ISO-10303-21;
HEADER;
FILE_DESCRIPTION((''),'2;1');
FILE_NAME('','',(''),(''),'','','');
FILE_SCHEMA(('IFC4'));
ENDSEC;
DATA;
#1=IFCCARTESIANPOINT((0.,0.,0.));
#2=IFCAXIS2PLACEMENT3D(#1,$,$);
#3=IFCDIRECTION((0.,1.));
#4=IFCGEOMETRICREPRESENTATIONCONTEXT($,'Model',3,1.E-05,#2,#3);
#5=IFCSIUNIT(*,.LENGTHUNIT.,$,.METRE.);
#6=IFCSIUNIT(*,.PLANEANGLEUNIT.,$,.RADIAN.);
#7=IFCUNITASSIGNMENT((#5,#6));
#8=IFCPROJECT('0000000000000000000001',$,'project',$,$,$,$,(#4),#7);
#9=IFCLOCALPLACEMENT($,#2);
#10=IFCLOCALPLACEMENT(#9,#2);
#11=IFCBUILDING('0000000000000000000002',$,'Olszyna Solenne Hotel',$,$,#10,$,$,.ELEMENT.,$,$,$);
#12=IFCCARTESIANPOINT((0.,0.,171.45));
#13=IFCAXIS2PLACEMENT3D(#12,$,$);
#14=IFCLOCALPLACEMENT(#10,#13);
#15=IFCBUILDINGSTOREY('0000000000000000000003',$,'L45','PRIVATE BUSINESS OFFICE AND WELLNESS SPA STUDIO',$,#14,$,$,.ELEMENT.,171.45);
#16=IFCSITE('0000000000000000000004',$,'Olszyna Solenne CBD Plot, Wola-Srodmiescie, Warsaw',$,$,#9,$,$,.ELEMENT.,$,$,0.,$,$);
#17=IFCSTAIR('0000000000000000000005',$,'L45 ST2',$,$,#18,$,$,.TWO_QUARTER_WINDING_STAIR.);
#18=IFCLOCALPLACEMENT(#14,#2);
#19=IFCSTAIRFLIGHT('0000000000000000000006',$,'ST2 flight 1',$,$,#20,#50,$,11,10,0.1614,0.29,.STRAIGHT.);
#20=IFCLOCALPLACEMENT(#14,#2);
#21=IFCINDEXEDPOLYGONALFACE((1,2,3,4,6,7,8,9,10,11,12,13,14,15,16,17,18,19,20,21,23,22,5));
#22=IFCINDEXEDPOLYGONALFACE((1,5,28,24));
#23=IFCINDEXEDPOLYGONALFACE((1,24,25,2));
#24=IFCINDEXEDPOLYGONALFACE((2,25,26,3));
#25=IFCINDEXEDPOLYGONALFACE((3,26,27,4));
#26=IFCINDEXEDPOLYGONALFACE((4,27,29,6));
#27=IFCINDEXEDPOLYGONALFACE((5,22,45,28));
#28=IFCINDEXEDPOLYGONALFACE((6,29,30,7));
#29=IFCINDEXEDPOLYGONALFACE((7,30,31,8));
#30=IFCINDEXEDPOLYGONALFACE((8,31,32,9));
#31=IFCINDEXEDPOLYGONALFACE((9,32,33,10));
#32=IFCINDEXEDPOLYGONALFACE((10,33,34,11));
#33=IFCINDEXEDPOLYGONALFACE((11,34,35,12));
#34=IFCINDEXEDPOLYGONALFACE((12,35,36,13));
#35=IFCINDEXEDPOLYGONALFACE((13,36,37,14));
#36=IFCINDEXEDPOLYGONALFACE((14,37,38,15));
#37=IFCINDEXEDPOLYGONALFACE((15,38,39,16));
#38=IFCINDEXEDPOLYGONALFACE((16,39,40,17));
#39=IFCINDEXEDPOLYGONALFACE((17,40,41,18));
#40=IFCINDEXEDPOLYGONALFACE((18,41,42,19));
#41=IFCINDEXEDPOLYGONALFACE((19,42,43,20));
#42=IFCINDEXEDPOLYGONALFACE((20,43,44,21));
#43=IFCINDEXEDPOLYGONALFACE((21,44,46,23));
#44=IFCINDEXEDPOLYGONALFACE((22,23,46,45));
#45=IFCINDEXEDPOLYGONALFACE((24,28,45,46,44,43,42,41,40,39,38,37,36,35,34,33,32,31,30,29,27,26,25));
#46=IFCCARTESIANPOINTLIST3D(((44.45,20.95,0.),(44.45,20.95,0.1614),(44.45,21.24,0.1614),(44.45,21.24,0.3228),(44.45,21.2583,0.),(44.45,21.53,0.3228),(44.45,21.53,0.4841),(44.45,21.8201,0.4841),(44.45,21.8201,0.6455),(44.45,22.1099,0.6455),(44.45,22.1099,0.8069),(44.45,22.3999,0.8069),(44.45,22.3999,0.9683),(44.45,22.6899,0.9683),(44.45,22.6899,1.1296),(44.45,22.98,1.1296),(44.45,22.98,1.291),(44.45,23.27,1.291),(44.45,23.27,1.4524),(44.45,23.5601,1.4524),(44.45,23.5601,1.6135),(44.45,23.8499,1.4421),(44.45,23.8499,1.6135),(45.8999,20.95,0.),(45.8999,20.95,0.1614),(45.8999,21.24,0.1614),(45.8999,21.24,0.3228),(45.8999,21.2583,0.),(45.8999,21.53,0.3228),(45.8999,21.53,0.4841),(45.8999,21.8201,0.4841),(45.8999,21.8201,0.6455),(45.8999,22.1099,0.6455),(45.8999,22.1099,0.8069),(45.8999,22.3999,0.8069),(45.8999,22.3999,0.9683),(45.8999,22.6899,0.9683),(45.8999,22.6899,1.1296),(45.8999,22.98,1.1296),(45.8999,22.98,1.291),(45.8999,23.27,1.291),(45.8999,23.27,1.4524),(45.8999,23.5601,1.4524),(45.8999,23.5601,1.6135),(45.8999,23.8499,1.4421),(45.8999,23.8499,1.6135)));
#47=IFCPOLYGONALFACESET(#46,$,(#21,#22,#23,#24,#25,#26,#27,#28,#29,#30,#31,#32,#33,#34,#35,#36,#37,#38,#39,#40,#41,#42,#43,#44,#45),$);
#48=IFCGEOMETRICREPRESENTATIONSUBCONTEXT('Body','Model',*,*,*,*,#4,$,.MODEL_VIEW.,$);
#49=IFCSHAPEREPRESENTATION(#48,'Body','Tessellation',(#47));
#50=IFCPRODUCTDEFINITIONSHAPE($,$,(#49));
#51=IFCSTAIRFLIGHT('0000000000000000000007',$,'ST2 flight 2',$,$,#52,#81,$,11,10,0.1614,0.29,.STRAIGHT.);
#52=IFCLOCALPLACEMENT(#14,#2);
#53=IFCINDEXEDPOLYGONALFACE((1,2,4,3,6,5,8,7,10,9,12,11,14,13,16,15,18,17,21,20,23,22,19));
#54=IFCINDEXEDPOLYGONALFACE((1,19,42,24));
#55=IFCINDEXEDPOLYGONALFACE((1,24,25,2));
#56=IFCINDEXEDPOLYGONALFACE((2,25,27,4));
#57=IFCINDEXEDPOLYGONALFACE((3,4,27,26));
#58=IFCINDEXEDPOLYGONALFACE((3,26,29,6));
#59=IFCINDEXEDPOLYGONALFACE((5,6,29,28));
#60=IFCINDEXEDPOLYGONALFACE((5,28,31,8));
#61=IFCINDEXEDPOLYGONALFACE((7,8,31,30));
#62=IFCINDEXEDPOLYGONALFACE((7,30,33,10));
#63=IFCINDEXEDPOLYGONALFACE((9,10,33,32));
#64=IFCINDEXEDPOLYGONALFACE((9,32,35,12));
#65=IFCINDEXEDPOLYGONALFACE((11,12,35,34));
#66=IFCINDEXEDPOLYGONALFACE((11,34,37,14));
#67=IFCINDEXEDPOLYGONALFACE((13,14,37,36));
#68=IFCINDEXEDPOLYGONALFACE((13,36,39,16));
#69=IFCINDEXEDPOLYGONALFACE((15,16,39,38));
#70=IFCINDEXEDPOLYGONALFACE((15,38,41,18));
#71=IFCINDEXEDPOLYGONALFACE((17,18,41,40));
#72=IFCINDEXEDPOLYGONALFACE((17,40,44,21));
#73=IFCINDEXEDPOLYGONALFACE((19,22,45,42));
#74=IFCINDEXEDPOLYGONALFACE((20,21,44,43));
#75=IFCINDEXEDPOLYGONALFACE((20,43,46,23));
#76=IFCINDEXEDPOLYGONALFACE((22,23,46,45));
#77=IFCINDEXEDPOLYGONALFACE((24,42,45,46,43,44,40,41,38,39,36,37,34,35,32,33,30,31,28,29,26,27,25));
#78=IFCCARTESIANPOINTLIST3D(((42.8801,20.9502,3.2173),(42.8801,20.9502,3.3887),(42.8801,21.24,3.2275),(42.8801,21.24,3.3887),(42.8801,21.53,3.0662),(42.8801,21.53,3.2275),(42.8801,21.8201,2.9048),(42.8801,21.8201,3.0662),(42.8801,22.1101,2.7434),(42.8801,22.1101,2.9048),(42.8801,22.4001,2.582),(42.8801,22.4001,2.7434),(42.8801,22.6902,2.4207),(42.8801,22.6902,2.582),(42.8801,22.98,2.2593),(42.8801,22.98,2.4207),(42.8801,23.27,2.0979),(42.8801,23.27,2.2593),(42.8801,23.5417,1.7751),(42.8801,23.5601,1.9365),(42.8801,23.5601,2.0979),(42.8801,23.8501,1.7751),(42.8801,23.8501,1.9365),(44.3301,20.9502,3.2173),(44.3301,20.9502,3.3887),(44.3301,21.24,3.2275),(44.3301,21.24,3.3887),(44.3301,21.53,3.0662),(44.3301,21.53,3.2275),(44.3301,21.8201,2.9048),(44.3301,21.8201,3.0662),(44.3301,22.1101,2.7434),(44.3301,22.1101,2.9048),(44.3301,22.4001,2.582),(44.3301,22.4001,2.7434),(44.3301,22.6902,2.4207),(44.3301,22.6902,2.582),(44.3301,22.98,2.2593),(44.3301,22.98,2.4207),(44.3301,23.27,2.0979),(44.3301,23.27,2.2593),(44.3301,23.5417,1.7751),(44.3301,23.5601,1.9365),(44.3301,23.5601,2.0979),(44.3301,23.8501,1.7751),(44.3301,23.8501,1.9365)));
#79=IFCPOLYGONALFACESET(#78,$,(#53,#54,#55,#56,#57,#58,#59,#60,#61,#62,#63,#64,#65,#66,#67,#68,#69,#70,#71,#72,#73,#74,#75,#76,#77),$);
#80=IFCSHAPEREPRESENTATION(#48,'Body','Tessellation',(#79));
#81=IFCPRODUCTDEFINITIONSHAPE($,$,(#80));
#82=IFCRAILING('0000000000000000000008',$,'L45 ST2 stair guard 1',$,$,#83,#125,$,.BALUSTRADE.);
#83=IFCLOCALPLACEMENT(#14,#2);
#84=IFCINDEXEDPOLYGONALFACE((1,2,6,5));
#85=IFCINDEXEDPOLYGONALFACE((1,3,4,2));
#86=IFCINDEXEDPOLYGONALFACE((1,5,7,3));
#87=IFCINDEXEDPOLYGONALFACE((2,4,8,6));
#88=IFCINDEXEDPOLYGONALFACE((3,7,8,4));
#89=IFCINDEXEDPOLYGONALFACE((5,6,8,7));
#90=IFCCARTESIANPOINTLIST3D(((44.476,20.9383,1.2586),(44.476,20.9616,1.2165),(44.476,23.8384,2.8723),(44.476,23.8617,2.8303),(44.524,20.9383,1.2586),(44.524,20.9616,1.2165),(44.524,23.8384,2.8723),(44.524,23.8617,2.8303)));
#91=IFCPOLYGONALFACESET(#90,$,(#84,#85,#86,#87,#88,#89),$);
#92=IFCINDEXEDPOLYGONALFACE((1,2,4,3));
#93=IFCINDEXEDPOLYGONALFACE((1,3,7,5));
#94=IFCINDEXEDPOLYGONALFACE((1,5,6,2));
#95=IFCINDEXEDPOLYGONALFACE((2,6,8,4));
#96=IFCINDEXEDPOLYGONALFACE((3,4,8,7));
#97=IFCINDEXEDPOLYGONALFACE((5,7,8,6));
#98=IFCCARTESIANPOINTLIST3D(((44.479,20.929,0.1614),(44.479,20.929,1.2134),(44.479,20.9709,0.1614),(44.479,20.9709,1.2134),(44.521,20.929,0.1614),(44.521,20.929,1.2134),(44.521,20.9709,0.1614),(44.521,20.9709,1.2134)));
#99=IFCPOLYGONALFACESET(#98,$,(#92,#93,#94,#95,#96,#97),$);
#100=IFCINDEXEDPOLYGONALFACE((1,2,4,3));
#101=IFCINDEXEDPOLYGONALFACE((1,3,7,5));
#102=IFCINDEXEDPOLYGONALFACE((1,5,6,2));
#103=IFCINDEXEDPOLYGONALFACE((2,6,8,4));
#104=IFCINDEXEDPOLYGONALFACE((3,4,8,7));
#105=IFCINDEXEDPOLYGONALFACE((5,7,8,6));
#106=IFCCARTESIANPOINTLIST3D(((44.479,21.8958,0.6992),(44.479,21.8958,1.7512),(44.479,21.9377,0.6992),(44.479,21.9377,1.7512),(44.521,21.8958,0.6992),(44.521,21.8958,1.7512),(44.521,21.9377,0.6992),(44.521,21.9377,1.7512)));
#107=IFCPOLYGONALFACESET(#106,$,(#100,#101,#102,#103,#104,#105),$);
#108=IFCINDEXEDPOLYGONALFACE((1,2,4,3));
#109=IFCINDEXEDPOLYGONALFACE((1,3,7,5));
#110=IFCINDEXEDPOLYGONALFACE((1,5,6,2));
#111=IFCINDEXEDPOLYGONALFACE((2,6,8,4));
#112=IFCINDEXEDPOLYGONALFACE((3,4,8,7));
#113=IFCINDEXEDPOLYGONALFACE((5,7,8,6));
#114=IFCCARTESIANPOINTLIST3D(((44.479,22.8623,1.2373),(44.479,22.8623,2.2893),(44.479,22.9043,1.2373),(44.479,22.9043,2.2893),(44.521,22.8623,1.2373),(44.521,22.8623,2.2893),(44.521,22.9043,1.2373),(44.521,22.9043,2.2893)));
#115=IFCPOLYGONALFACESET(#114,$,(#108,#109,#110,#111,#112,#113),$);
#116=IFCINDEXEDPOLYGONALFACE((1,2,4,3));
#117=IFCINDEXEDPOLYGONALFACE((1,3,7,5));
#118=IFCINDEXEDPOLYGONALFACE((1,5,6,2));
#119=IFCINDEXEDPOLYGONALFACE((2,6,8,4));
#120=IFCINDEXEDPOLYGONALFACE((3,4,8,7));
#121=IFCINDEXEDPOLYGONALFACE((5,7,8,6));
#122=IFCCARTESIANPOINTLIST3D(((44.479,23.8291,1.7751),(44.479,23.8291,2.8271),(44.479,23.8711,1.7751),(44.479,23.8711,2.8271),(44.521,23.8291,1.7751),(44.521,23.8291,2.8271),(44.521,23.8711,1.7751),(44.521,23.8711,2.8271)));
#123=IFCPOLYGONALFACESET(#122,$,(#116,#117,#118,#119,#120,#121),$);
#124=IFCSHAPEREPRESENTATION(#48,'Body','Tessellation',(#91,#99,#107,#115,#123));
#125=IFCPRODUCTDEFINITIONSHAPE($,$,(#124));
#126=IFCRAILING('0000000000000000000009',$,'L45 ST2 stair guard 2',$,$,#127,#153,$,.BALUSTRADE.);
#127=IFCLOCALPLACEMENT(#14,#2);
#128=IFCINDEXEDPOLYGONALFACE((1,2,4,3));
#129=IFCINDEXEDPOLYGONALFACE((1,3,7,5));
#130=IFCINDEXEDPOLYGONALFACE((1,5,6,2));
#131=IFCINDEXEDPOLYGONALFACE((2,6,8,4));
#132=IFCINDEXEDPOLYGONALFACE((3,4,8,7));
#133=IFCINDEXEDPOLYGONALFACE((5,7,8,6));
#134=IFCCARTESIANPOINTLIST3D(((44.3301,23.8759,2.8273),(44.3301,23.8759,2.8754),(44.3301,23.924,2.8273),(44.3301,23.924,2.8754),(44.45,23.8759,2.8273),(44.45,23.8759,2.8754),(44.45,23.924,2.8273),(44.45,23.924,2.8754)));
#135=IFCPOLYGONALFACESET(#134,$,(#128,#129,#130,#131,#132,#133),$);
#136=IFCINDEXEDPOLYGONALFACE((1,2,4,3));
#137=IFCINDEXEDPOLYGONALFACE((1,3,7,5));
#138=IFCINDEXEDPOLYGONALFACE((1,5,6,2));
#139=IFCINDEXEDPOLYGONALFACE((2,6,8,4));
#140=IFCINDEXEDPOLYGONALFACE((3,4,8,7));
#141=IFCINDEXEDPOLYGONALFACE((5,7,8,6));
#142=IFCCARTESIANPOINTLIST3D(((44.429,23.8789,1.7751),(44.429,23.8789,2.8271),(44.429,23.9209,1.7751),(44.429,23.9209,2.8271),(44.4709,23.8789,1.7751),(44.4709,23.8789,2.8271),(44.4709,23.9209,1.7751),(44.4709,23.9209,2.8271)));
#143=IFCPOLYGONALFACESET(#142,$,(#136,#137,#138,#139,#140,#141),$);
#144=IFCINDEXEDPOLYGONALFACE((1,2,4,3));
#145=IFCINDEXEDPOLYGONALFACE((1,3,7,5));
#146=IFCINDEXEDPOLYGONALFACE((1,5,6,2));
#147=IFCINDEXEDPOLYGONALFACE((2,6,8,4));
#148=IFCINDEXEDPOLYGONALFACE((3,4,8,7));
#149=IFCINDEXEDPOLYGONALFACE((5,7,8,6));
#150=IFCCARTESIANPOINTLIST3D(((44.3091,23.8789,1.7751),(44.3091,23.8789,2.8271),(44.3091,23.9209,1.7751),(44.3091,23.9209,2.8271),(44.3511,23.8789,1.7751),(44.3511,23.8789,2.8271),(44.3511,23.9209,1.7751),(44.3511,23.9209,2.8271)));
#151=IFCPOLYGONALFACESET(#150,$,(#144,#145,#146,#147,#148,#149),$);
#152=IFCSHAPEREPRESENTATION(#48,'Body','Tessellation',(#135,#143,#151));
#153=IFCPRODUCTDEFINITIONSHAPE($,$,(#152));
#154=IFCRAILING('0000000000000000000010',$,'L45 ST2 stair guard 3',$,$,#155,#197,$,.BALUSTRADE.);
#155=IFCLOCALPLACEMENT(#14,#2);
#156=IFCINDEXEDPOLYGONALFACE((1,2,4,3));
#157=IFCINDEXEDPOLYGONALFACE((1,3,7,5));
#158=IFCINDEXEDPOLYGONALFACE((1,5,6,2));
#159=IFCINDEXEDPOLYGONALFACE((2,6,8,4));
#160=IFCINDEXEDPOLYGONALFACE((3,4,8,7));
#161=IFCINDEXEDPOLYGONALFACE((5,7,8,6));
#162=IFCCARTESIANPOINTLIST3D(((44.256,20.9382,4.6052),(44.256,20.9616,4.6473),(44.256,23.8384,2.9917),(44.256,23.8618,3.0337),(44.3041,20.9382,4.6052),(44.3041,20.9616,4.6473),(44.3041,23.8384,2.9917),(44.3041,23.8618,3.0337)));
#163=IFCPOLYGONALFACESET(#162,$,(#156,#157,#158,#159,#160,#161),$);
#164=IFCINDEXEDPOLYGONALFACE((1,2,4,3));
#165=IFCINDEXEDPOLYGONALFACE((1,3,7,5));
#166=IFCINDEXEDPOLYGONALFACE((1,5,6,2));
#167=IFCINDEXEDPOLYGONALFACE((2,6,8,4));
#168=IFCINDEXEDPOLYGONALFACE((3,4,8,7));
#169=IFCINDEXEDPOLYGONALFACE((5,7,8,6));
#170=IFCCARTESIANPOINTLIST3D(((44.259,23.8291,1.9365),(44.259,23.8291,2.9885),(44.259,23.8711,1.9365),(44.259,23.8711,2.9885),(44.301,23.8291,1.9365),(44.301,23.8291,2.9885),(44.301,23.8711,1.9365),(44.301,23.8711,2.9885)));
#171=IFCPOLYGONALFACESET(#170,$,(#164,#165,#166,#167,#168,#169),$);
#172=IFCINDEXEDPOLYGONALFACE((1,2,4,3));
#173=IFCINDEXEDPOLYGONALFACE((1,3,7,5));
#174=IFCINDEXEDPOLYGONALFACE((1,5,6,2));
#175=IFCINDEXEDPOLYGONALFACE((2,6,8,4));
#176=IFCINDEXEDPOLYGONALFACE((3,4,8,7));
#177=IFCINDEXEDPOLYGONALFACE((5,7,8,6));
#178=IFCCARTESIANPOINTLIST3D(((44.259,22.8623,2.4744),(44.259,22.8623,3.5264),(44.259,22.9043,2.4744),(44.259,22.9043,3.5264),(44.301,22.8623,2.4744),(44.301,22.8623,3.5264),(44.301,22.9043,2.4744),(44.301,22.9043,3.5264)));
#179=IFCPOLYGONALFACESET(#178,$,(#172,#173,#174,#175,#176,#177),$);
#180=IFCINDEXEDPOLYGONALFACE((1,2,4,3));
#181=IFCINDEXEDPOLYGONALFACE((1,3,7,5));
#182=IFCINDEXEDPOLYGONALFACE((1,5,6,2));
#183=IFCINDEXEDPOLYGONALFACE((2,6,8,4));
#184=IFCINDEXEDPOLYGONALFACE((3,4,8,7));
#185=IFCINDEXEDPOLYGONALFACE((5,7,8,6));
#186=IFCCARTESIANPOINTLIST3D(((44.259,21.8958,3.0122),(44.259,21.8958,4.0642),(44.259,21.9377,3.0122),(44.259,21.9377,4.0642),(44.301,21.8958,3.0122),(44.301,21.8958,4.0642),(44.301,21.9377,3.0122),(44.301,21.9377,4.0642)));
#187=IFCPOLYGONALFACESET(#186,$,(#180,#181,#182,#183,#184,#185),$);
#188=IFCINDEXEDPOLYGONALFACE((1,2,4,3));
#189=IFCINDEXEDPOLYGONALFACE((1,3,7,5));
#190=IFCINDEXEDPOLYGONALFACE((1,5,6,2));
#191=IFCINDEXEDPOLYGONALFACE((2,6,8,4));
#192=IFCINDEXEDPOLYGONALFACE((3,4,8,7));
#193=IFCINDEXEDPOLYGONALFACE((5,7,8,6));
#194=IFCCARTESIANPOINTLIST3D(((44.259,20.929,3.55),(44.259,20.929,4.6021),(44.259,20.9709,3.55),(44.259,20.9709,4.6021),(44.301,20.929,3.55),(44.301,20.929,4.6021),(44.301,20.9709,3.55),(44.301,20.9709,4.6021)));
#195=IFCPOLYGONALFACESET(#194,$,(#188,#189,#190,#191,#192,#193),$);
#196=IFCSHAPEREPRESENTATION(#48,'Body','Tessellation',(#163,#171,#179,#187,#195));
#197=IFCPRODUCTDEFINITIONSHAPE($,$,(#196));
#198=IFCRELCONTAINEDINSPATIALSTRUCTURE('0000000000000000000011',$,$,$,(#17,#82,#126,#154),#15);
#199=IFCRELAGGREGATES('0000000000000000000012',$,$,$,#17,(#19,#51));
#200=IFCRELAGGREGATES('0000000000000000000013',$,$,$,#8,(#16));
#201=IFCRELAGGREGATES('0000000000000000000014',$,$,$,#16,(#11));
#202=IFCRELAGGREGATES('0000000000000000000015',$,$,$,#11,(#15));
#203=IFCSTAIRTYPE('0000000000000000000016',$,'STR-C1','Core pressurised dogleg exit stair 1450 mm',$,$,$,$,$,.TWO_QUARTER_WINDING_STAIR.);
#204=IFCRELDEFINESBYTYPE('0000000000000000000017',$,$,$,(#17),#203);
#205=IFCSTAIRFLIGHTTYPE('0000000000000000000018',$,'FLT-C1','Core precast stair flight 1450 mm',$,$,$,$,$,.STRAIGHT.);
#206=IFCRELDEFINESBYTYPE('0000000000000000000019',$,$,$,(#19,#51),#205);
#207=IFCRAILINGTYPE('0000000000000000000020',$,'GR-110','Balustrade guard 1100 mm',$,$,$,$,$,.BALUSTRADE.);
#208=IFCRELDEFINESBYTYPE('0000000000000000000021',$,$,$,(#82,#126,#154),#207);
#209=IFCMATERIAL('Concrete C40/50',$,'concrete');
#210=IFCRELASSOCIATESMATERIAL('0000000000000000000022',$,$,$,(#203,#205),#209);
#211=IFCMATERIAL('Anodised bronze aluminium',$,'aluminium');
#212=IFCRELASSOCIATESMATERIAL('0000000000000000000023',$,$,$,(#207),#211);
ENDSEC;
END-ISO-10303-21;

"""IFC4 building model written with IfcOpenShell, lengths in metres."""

from ifc_helpers import new_model, si_unit, direction, frame, origin, origin_2d, place, context, subcontext, project, spatial, polyline, rectangle, outline, extrude, material, type_object, element, aggregate, save


model = new_model("IFC4")

# Units and contexts
model_context = context("Model", 3, precision=1e-05, world=origin(), true_north=direction((0.0, 1.0)))
body_context = subcontext(model_context, "Body", "Model", "MODEL_VIEW")
ifc_project = project(units=[si_unit("LENGTHUNIT", "METRE"), si_unit("PLANEANGLEUNIT", "RADIAN")], contexts=[model_context])

# Site, building, storey
site_placement = place(None, origin())
site = spatial("IfcSite", under=ifc_project, at=site_placement, Name="Olszyna Solenne CBD Plot, Wola-Srodmiescie, Warsaw", CompositionType="ELEMENT", RefElevation=0.0)
building_placement = place(site_placement, origin())
building = spatial("IfcBuilding", under=site, at=building_placement, Name="Olszyna Solenne Hotel", CompositionType="ELEMENT")
storey_placement = place(building_placement, frame((0.0, 0.0, 171.45)))
storey = spatial("IfcBuildingStorey", under=building, at=storey_placement, Name="L45", Description="PRIVATE BUSINESS OFFICE AND WELLNESS SPA STUDIO", CompositionType="ELEMENT", Elevation=171.45)

# Shared definitions
ifc_material_1 = material(Name="Anodised bronze aluminium", Category="aluminium")

# Stair, stair flights
ifc_material_2 = material(Name="Concrete C40/50", Category="concrete")
stair_type = type_object("IfcStairType", Name="STR-C1", Description="Core pressurised dogleg exit stair 1450 mm", PredefinedType="TWO_QUARTER_WINDING_STAIR", material=ifc_material_2)
stair_placement = place(storey_placement, origin())
stair = element("IfcStair", 1, at=stair_placement, inside=storey, type_object=stair_type, Name="L45 ST2", PredefinedType="TWO_QUARTER_WINDING_STAIR")
stair_flight_type = type_object("IfcStairFlightType", Name="FLT-C1", Description="Core precast stair flight 1450 mm", PredefinedType="STRAIGHT", material=ifc_material_2)
stair_flight_1_placement = place(storey_placement, frame((45.175, 20.95, 0.0), z_axis=(0.0, 0.0, 1.0), x_axis=(0.0, 1.0, 0.0)))
stair_flight_1 = element("IfcStairFlight", 2, at=stair_flight_1_placement, type_object=stair_flight_type, Name="ST2 flight 1", NumberOfRisers=11, NumberOfTreads=10, PredefinedType="STRAIGHT", RiserHeight=0.1614, TreadLength=0.29, context=body_context, shape_type="SweptSolid", body=[
    extrude(outline(polyline([(0.0, 0.0), (0.0, 0.1614), (0.29, 0.1614), (0.29, 0.3228), (0.5801, 0.3228), (0.5801, 0.4841), (0.8701, 0.4841), (0.8701, 0.6455), (1.1599, 0.6455), (1.1599, 0.8069), (1.45, 0.8069), (1.45, 0.9683), (1.74, 0.9683), (1.74, 1.1296), (2.03, 1.1296), (2.03, 1.291), (2.3201, 1.291), (2.3201, 1.4524), (2.6101, 1.4524), (2.6101, 1.6135), (2.8999, 1.6135), (2.8999, 1.7749), (2.8999, 1.4421), (0.3083, 0.0), (0.0, 0.0)])), frame((0.0, 0.7251, 0.0), z_axis=(0.0, -1.0, 0.0), x_axis=(1.0, 0.0, 0.0)), (0.0, 0.0, 1.0), 1.45),
])
stair_flight_2_placement = place(storey_placement, frame((43.605, 23.8501, 1.7751), z_axis=(0.0, 0.0, 1.0), x_axis=(0.0, -1.0, 0.0)))
stair_flight_2 = element("IfcStairFlight", 3, at=stair_flight_2_placement, type_object=stair_flight_type, Name="ST2 flight 2", NumberOfRisers=11, NumberOfTreads=10, PredefinedType="STRAIGHT", RiserHeight=0.1614, TreadLength=0.29, context=body_context, shape_type="SweptSolid", body=[
    extrude(outline(polyline([(0.0, 0.0), (0.0, 0.1614), (0.29, 0.1614), (0.29, 0.3228), (0.5801, 0.3228), (0.5801, 0.4841), (0.8701, 0.4841), (0.8701, 0.6455), (1.1599, 0.6455), (1.1599, 0.8069), (1.45, 0.8069), (1.45, 0.9683), (1.74, 0.9683), (1.74, 1.1296), (2.03, 1.1296), (2.03, 1.291), (2.3201, 1.291), (2.3201, 1.4524), (2.6101, 1.4524), (2.6101, 1.6135), (2.8999, 1.6135), (2.8999, 1.7749), (2.8999, 1.4421), (0.3083, 0.0), (0.0, 0.0)])), frame((0.0, 0.7251, 0.0), z_axis=(0.0, -1.0, 0.0), x_axis=(1.0, 0.0, 0.0)), (0.0, 0.0, 1.0), 1.45),
])
aggregate(stair, [stair_flight_1, stair_flight_2])

# Railings
railing_type_1 = type_object("IfcRailingType", Name="GR-110", Description="Balustrade guard 1100 mm", PredefinedType="BALUSTRADE", material=ifc_material_1)
railing_1_placement = place(storey_placement, frame((44.5, 20.95, 0.1614)))
element("IfcRailing", 4, at=railing_1_placement, inside=storey, type_object=railing_type_1, Name="L45 ST2 stair guard 1", PredefinedType="BALUSTRADE", context=body_context, shape_type="SweptSolid", body=[
    extrude(rectangle(XDim=0.0481, YDim=0.0481, at=origin_2d()), frame((0.0, 0.0, 1.0762), z_axis=(0.0, 0.873827, 0.486236), x_axis=(-1.0, 0.0, 0.0)), (0.0, 0.0, 1.0), 3.3188),
    extrude(rectangle(XDim=0.042, YDim=0.042, at=origin_2d()), origin(), (0.0, 0.0, 1.0), 1.052),
    extrude(rectangle(XDim=0.042, YDim=0.042, at=origin_2d()), frame((0.0, 0.9668, 0.5378)), (0.0, 0.0, 1.0), 1.052),
    extrude(rectangle(XDim=0.042, YDim=0.042, at=origin_2d()), frame((0.0, 1.9333, 1.0759)), (0.0, 0.0, 1.0), 1.052),
    extrude(rectangle(XDim=0.042, YDim=0.042, at=origin_2d()), frame((0.0, 2.9001, 1.6138)), (0.0, 0.0, 1.0), 1.052),
])
railing_2_placement = place(storey_placement, frame((44.45, 23.8999, 1.7751)))
element("IfcRailing", 5, at=railing_2_placement, inside=storey, type_object=railing_type_1, Name="L45 ST2 stair guard 2", PredefinedType="BALUSTRADE", context=body_context, shape_type="SweptSolid", body=[
    extrude(rectangle(XDim=0.0481, YDim=0.0481, at=origin_2d()), frame((0.0, 0.0, 1.0762), z_axis=(-1.0, 0.0, 0.0), x_axis=(0.0, -1.0, 0.0)), (0.0, 0.0, 1.0), 0.1199),
    extrude(rectangle(XDim=0.042, YDim=0.042, at=origin_2d()), origin(), (0.0, 0.0, 1.0), 1.052),
    extrude(rectangle(XDim=0.042, YDim=0.042, at=origin_2d()), frame((-0.1199, 0.0, 0.0)), (0.0, 0.0, 1.0), 1.052),
])
railing_3_placement = place(storey_placement, frame((44.28, 23.8501, 1.9365)))
element("IfcRailing", 6, at=railing_3_placement, inside=storey, type_object=railing_type_1, Name="L45 ST2 stair guard 3", PredefinedType="BALUSTRADE", context=body_context, shape_type="SweptSolid", body=[
    extrude(rectangle(XDim=0.0481, YDim=0.0481, at=origin_2d()), frame((0.0, 0.0, 1.0762), z_axis=(0.0, -0.873859, 0.48618), x_axis=(1.0, 0.0, 0.0)), (0.0, 0.0, 1.0), 3.3188),
    extrude(rectangle(XDim=0.042, YDim=0.042, at=origin_2d()), origin(), (0.0, 0.0, 1.0), 1.052),
    extrude(rectangle(XDim=0.042, YDim=0.042, at=origin_2d()), frame((0.0, -0.9668, 0.5378)), (0.0, 0.0, 1.0), 1.052),
    extrude(rectangle(XDim=0.042, YDim=0.042, at=origin_2d()), frame((0.0, -1.9333, 1.0757)), (0.0, 0.0, 1.0), 1.052),
    extrude(rectangle(XDim=0.042, YDim=0.042, at=origin_2d()), frame((0.0, -2.9001, 1.6135)), (0.0, 0.0, 1.0), 1.052),
])

save(model, "model.ifc")
